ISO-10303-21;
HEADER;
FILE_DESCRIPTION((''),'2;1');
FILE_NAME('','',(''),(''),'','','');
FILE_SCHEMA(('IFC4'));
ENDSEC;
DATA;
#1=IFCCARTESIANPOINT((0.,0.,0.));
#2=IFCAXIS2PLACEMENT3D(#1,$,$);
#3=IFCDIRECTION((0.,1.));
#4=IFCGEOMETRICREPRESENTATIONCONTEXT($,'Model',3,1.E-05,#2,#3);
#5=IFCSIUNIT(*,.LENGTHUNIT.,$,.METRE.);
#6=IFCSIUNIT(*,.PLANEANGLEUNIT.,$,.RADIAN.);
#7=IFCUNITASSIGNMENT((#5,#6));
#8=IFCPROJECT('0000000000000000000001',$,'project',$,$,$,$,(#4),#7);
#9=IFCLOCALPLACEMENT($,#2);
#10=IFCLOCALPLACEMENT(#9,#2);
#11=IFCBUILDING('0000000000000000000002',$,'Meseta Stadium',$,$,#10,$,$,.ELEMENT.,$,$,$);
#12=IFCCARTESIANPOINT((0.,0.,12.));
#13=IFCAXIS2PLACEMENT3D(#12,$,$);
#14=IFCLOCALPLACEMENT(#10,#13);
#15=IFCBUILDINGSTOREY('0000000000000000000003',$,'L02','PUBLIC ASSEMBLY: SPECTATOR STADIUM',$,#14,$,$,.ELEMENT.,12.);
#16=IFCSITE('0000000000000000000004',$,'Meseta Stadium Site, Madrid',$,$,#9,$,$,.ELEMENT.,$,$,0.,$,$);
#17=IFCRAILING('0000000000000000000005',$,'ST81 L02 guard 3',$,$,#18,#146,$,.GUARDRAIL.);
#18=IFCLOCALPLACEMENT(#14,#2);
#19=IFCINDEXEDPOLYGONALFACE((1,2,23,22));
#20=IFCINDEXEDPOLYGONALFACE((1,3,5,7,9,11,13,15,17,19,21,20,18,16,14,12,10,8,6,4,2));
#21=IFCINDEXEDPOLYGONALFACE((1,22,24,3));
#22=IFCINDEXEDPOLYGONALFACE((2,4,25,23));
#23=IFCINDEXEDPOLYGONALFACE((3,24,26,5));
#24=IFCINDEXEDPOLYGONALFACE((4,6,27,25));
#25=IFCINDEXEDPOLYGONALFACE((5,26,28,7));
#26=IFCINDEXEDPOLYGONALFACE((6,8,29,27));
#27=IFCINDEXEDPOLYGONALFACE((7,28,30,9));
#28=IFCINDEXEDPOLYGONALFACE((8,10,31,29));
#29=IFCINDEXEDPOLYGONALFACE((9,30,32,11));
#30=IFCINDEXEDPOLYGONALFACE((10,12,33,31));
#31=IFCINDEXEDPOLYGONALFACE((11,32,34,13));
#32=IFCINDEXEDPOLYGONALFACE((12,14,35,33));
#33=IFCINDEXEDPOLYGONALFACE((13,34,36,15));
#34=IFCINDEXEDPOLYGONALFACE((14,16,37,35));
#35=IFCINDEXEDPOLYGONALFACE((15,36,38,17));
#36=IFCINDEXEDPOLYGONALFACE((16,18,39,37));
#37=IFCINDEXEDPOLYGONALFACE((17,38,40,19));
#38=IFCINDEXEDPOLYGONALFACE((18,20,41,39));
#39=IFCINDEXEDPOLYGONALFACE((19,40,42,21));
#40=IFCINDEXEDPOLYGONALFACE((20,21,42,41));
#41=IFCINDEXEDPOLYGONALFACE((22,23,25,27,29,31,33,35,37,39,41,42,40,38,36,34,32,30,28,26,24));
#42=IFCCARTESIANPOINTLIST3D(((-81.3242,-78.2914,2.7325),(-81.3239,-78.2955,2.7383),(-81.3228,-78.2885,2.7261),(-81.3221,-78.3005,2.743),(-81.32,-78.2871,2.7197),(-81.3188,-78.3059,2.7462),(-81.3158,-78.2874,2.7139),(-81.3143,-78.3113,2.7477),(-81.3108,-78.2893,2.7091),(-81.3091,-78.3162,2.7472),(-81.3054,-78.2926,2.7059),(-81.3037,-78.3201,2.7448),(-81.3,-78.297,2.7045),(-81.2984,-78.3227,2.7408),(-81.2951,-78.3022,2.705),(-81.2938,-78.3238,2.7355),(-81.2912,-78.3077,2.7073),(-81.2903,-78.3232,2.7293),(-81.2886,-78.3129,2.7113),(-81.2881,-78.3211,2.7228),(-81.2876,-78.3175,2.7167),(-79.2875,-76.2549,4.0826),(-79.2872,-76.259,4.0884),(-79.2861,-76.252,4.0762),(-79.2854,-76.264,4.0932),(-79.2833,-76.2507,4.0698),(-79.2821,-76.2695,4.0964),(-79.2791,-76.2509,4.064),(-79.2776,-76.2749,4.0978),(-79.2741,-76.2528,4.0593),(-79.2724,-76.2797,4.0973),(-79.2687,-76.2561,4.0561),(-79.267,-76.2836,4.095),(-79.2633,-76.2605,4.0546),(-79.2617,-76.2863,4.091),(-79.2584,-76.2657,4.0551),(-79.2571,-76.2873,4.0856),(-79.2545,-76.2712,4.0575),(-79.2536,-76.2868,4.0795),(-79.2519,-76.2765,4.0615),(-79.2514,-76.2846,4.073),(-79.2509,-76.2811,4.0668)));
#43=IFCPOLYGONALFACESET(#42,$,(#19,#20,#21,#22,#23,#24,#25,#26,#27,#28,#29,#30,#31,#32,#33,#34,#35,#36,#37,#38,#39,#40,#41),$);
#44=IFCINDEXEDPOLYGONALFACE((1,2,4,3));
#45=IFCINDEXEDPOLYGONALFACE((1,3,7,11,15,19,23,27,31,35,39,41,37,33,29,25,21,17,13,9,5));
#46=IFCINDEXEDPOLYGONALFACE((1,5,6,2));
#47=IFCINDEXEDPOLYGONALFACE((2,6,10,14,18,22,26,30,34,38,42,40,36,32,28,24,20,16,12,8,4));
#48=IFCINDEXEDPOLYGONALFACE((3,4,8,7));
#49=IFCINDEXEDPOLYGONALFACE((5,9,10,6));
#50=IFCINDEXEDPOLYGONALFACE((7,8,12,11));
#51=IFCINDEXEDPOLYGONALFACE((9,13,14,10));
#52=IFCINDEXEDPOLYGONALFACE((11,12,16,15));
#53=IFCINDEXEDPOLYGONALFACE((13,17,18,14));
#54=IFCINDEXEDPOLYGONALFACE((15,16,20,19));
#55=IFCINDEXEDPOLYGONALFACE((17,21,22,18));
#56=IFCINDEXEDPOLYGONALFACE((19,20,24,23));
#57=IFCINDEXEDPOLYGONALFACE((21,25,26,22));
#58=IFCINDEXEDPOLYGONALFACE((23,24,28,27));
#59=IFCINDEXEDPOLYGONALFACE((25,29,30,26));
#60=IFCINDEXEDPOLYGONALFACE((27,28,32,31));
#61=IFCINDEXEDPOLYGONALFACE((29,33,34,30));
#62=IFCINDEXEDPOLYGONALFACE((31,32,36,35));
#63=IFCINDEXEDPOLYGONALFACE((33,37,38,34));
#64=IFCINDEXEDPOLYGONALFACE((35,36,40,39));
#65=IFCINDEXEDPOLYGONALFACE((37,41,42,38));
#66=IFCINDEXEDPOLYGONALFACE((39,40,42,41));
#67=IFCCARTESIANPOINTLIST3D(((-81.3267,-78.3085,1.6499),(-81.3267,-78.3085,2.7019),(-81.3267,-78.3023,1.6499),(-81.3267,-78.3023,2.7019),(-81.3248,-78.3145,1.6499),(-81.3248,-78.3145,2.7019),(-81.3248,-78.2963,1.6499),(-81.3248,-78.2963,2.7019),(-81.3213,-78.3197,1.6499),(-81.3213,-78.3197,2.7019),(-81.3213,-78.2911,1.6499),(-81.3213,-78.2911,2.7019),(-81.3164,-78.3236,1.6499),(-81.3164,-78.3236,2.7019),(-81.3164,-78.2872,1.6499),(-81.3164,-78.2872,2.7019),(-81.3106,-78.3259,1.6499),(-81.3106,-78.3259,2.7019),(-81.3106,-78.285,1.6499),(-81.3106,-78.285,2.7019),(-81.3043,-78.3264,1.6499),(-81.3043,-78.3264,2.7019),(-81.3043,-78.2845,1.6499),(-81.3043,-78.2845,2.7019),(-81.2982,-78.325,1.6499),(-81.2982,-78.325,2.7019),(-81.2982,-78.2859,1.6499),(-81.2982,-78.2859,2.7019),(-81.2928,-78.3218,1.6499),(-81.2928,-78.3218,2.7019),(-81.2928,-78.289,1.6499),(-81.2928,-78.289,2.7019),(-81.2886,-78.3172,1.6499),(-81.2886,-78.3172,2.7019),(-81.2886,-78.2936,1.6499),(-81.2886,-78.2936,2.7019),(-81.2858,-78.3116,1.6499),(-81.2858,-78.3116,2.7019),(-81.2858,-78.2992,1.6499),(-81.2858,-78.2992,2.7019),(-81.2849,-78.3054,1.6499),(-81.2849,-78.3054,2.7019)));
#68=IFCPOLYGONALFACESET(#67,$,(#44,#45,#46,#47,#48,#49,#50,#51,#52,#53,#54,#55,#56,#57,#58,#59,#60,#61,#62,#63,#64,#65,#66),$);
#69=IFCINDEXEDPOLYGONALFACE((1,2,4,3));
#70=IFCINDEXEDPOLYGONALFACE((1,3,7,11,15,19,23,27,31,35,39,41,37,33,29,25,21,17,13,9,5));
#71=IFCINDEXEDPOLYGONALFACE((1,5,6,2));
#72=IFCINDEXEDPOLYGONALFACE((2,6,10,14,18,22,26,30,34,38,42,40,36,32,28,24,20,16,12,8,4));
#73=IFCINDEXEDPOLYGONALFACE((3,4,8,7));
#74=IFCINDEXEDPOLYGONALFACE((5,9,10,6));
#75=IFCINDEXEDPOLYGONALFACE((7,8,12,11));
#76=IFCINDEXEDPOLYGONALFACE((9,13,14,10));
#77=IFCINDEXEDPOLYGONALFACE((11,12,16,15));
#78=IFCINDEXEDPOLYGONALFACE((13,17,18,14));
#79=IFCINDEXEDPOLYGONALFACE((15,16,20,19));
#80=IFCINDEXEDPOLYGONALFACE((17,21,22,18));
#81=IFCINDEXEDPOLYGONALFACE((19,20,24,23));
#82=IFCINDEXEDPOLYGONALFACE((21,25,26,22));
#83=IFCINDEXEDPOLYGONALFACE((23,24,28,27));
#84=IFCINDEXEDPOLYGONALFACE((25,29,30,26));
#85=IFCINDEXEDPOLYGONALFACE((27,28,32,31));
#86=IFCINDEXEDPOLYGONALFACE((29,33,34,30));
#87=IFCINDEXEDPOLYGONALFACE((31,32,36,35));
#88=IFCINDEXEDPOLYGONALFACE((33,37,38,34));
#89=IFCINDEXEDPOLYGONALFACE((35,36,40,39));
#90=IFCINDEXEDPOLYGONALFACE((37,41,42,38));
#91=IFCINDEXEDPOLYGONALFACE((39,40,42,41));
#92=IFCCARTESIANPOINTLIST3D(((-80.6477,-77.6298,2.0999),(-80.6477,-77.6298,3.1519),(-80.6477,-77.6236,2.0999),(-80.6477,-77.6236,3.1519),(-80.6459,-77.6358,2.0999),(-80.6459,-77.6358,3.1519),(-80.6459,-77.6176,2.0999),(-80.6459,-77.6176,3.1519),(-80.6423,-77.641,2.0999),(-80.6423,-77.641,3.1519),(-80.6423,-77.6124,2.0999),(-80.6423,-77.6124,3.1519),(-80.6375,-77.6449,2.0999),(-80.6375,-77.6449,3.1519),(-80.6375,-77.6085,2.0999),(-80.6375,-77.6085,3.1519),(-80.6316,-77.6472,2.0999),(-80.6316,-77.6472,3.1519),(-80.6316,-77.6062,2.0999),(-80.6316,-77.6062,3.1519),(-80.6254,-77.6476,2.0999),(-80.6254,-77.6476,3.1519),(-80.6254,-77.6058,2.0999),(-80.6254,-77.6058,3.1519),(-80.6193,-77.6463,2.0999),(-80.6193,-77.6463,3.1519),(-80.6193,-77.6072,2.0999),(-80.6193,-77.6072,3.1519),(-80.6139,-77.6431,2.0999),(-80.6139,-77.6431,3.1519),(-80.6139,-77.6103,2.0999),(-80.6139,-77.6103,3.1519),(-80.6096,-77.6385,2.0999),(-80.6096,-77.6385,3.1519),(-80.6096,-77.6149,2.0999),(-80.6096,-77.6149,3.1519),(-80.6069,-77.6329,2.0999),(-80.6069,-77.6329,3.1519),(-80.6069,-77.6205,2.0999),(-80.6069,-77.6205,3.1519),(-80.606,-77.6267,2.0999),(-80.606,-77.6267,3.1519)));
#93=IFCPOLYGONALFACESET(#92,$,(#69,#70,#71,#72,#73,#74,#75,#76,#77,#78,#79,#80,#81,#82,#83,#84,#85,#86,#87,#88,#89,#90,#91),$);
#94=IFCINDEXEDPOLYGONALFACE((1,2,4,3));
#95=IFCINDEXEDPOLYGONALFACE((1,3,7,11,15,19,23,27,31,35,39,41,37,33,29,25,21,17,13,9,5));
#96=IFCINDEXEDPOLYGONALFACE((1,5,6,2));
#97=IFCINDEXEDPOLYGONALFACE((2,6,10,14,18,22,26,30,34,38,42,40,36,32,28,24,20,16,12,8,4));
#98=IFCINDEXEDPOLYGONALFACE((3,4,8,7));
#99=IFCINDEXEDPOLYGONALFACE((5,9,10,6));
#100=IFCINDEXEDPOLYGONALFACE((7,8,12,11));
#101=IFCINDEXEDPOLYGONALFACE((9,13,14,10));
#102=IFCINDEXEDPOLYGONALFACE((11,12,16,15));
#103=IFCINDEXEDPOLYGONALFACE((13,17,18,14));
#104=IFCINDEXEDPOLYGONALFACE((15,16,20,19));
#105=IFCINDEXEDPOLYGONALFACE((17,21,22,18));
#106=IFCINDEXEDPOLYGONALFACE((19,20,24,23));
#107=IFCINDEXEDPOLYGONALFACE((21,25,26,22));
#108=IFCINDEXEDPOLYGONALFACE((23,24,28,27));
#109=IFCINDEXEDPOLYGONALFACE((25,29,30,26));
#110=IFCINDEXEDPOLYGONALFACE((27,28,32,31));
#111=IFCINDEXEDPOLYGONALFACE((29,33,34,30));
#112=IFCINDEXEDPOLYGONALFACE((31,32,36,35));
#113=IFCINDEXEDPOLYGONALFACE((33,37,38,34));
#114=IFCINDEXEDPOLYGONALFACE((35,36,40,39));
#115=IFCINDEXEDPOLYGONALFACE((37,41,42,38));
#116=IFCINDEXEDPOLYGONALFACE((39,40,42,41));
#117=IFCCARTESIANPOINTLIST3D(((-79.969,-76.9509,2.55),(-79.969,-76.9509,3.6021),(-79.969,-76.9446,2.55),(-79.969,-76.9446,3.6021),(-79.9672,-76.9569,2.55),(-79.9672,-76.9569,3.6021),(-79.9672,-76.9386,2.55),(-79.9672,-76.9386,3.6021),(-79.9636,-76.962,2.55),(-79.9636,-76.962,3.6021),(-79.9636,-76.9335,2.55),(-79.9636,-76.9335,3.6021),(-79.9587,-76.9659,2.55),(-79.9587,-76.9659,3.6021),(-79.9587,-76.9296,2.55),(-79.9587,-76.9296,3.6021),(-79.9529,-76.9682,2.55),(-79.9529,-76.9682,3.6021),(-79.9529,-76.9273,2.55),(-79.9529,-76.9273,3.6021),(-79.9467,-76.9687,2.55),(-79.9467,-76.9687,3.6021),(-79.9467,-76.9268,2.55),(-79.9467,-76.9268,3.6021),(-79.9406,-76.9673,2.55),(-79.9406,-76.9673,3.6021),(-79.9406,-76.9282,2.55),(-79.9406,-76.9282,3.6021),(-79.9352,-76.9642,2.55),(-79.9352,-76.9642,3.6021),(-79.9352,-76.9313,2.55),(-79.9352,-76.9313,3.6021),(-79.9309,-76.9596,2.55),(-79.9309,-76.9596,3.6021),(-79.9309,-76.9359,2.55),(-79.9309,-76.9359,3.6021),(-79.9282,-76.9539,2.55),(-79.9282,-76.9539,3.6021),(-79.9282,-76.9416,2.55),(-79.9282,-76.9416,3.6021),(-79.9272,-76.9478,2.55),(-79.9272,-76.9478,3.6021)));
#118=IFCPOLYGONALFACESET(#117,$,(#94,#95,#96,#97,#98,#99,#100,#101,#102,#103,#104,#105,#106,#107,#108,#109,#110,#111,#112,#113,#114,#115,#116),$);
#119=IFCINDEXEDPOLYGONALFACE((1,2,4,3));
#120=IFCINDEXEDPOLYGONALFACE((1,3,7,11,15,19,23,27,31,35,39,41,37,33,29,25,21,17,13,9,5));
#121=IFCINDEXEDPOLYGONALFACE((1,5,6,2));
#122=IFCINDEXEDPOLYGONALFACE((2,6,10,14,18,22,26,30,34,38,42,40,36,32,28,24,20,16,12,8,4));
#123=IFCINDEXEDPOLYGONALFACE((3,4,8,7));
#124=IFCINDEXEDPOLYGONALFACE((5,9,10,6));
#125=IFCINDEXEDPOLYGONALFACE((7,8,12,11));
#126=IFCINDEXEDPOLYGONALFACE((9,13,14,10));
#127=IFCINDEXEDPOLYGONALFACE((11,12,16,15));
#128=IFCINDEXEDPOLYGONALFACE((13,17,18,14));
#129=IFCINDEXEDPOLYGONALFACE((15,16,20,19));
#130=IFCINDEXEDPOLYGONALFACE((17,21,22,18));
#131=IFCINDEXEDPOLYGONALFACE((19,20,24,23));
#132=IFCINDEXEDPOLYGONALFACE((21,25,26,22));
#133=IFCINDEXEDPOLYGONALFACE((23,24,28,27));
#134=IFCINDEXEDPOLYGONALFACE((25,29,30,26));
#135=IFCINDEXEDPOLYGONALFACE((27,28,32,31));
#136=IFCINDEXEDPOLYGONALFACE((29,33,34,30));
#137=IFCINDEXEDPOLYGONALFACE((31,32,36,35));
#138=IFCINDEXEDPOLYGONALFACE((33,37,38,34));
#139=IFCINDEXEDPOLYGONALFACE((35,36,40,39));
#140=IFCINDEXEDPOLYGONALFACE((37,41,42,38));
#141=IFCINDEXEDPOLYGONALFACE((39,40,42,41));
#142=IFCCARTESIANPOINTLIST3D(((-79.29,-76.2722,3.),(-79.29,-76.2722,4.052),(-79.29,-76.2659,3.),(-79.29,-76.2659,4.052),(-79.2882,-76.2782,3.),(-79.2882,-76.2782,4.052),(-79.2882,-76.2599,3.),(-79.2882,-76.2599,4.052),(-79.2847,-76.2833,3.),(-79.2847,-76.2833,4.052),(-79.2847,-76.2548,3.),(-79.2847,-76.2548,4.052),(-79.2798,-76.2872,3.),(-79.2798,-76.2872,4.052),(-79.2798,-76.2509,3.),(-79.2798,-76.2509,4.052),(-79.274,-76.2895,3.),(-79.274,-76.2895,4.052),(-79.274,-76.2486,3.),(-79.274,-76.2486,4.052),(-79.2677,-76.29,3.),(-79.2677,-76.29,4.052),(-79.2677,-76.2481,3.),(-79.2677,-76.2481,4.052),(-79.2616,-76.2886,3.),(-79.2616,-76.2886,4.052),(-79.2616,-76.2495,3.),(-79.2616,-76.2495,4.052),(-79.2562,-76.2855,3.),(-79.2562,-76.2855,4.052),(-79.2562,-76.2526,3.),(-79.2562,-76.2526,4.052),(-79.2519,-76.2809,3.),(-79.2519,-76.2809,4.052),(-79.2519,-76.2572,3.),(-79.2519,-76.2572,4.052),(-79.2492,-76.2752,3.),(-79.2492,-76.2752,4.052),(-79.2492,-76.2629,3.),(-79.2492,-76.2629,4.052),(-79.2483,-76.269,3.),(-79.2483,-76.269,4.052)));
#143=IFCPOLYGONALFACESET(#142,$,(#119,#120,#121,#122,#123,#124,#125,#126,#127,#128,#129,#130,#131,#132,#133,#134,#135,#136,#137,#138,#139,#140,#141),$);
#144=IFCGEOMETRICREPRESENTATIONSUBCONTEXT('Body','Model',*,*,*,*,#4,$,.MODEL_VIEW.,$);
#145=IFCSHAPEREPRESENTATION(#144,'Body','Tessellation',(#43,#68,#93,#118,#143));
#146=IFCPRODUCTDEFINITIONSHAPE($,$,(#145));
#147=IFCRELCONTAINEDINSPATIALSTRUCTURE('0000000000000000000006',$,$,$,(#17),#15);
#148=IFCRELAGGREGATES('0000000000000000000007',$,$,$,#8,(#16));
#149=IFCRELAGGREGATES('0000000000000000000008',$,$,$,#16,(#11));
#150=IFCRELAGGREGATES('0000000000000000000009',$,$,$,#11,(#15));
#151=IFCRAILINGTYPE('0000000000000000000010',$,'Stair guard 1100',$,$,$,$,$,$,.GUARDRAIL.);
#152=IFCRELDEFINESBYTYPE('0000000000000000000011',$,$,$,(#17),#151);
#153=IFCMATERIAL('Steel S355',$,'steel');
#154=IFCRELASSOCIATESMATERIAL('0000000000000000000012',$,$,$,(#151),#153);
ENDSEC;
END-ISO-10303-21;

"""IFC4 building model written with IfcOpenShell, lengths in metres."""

from ifc_helpers import new_model, si_unit, direction, frame, origin, origin_2d, place, context, subcontext, project, spatial, circle, extrude, material, type_object, element, save


model = new_model("IFC4")

# Units and contexts
model_context = context("Model", 3, precision=1e-05, world=origin(), true_north=direction((0.0, 1.0)))
body_context = subcontext(model_context, "Body", "Model", "MODEL_VIEW")
ifc_project = project(units=[si_unit("LENGTHUNIT", "METRE"), si_unit("PLANEANGLEUNIT", "RADIAN")], contexts=[model_context])

# Site, building, storey
site_placement = place(None, origin())
site = spatial("IfcSite", under=ifc_project, at=site_placement, Name="Meseta Stadium Site, Madrid", CompositionType="ELEMENT", RefElevation=0.0)
building_placement = place(site_placement, origin())
building = spatial("IfcBuilding", under=site, at=building_placement, Name="Meseta Stadium", CompositionType="ELEMENT")
storey_placement = place(building_placement, frame((0.0, 0.0, 12.0)))
storey = spatial("IfcBuildingStorey", under=building, at=storey_placement, Name="L02", Description="PUBLIC ASSEMBLY: SPECTATOR STADIUM", CompositionType="ELEMENT", Elevation=12.0)

# Railing
ifc_material_1 = material(Name="Steel S355", Category="steel")
railing_type_1 = type_object("IfcRailingType", Name="Stair guard 1100", PredefinedType="GUARDRAIL", material=ifc_material_1)
railing_1_placement = place(storey_placement, frame((-81.3059, -78.3054, 1.6499)))
element("IfcRailing", 1, at=railing_1_placement, inside=storey, type_object=railing_type_1, Name="ST81 L02 guard 3", PredefinedType="GUARDRAIL", context=body_context, shape_type="SweptSolid", body=[
    extrude(circle(Radius=0.0239, at=origin_2d()), frame((0.0, 0.0, 1.0762), z_axis=(0.640288, 0.640211, 0.424454), x_axis=(-0.707064, 0.707149, 0.0)), (0.0, 0.0, 1.0), 3.1809),
    extrude(circle(Radius=0.021, at=origin_2d()), origin(), (0.0, 0.0, 1.0), 1.052),
    extrude(circle(Radius=0.021, at=origin_2d()), frame((0.679, 0.6787, 0.45)), (0.0, 0.0, 1.0), 1.052),
    extrude(circle(Radius=0.021, at=origin_2d()), frame((1.3577, 1.3577, 0.9001)), (0.0, 0.0, 1.0), 1.052),
    extrude(circle(Radius=0.021, at=origin_2d()), frame((2.0366, 2.0364, 1.3501)), (0.0, 0.0, 1.0), 1.052),
])

save(model, "model.ifc")
